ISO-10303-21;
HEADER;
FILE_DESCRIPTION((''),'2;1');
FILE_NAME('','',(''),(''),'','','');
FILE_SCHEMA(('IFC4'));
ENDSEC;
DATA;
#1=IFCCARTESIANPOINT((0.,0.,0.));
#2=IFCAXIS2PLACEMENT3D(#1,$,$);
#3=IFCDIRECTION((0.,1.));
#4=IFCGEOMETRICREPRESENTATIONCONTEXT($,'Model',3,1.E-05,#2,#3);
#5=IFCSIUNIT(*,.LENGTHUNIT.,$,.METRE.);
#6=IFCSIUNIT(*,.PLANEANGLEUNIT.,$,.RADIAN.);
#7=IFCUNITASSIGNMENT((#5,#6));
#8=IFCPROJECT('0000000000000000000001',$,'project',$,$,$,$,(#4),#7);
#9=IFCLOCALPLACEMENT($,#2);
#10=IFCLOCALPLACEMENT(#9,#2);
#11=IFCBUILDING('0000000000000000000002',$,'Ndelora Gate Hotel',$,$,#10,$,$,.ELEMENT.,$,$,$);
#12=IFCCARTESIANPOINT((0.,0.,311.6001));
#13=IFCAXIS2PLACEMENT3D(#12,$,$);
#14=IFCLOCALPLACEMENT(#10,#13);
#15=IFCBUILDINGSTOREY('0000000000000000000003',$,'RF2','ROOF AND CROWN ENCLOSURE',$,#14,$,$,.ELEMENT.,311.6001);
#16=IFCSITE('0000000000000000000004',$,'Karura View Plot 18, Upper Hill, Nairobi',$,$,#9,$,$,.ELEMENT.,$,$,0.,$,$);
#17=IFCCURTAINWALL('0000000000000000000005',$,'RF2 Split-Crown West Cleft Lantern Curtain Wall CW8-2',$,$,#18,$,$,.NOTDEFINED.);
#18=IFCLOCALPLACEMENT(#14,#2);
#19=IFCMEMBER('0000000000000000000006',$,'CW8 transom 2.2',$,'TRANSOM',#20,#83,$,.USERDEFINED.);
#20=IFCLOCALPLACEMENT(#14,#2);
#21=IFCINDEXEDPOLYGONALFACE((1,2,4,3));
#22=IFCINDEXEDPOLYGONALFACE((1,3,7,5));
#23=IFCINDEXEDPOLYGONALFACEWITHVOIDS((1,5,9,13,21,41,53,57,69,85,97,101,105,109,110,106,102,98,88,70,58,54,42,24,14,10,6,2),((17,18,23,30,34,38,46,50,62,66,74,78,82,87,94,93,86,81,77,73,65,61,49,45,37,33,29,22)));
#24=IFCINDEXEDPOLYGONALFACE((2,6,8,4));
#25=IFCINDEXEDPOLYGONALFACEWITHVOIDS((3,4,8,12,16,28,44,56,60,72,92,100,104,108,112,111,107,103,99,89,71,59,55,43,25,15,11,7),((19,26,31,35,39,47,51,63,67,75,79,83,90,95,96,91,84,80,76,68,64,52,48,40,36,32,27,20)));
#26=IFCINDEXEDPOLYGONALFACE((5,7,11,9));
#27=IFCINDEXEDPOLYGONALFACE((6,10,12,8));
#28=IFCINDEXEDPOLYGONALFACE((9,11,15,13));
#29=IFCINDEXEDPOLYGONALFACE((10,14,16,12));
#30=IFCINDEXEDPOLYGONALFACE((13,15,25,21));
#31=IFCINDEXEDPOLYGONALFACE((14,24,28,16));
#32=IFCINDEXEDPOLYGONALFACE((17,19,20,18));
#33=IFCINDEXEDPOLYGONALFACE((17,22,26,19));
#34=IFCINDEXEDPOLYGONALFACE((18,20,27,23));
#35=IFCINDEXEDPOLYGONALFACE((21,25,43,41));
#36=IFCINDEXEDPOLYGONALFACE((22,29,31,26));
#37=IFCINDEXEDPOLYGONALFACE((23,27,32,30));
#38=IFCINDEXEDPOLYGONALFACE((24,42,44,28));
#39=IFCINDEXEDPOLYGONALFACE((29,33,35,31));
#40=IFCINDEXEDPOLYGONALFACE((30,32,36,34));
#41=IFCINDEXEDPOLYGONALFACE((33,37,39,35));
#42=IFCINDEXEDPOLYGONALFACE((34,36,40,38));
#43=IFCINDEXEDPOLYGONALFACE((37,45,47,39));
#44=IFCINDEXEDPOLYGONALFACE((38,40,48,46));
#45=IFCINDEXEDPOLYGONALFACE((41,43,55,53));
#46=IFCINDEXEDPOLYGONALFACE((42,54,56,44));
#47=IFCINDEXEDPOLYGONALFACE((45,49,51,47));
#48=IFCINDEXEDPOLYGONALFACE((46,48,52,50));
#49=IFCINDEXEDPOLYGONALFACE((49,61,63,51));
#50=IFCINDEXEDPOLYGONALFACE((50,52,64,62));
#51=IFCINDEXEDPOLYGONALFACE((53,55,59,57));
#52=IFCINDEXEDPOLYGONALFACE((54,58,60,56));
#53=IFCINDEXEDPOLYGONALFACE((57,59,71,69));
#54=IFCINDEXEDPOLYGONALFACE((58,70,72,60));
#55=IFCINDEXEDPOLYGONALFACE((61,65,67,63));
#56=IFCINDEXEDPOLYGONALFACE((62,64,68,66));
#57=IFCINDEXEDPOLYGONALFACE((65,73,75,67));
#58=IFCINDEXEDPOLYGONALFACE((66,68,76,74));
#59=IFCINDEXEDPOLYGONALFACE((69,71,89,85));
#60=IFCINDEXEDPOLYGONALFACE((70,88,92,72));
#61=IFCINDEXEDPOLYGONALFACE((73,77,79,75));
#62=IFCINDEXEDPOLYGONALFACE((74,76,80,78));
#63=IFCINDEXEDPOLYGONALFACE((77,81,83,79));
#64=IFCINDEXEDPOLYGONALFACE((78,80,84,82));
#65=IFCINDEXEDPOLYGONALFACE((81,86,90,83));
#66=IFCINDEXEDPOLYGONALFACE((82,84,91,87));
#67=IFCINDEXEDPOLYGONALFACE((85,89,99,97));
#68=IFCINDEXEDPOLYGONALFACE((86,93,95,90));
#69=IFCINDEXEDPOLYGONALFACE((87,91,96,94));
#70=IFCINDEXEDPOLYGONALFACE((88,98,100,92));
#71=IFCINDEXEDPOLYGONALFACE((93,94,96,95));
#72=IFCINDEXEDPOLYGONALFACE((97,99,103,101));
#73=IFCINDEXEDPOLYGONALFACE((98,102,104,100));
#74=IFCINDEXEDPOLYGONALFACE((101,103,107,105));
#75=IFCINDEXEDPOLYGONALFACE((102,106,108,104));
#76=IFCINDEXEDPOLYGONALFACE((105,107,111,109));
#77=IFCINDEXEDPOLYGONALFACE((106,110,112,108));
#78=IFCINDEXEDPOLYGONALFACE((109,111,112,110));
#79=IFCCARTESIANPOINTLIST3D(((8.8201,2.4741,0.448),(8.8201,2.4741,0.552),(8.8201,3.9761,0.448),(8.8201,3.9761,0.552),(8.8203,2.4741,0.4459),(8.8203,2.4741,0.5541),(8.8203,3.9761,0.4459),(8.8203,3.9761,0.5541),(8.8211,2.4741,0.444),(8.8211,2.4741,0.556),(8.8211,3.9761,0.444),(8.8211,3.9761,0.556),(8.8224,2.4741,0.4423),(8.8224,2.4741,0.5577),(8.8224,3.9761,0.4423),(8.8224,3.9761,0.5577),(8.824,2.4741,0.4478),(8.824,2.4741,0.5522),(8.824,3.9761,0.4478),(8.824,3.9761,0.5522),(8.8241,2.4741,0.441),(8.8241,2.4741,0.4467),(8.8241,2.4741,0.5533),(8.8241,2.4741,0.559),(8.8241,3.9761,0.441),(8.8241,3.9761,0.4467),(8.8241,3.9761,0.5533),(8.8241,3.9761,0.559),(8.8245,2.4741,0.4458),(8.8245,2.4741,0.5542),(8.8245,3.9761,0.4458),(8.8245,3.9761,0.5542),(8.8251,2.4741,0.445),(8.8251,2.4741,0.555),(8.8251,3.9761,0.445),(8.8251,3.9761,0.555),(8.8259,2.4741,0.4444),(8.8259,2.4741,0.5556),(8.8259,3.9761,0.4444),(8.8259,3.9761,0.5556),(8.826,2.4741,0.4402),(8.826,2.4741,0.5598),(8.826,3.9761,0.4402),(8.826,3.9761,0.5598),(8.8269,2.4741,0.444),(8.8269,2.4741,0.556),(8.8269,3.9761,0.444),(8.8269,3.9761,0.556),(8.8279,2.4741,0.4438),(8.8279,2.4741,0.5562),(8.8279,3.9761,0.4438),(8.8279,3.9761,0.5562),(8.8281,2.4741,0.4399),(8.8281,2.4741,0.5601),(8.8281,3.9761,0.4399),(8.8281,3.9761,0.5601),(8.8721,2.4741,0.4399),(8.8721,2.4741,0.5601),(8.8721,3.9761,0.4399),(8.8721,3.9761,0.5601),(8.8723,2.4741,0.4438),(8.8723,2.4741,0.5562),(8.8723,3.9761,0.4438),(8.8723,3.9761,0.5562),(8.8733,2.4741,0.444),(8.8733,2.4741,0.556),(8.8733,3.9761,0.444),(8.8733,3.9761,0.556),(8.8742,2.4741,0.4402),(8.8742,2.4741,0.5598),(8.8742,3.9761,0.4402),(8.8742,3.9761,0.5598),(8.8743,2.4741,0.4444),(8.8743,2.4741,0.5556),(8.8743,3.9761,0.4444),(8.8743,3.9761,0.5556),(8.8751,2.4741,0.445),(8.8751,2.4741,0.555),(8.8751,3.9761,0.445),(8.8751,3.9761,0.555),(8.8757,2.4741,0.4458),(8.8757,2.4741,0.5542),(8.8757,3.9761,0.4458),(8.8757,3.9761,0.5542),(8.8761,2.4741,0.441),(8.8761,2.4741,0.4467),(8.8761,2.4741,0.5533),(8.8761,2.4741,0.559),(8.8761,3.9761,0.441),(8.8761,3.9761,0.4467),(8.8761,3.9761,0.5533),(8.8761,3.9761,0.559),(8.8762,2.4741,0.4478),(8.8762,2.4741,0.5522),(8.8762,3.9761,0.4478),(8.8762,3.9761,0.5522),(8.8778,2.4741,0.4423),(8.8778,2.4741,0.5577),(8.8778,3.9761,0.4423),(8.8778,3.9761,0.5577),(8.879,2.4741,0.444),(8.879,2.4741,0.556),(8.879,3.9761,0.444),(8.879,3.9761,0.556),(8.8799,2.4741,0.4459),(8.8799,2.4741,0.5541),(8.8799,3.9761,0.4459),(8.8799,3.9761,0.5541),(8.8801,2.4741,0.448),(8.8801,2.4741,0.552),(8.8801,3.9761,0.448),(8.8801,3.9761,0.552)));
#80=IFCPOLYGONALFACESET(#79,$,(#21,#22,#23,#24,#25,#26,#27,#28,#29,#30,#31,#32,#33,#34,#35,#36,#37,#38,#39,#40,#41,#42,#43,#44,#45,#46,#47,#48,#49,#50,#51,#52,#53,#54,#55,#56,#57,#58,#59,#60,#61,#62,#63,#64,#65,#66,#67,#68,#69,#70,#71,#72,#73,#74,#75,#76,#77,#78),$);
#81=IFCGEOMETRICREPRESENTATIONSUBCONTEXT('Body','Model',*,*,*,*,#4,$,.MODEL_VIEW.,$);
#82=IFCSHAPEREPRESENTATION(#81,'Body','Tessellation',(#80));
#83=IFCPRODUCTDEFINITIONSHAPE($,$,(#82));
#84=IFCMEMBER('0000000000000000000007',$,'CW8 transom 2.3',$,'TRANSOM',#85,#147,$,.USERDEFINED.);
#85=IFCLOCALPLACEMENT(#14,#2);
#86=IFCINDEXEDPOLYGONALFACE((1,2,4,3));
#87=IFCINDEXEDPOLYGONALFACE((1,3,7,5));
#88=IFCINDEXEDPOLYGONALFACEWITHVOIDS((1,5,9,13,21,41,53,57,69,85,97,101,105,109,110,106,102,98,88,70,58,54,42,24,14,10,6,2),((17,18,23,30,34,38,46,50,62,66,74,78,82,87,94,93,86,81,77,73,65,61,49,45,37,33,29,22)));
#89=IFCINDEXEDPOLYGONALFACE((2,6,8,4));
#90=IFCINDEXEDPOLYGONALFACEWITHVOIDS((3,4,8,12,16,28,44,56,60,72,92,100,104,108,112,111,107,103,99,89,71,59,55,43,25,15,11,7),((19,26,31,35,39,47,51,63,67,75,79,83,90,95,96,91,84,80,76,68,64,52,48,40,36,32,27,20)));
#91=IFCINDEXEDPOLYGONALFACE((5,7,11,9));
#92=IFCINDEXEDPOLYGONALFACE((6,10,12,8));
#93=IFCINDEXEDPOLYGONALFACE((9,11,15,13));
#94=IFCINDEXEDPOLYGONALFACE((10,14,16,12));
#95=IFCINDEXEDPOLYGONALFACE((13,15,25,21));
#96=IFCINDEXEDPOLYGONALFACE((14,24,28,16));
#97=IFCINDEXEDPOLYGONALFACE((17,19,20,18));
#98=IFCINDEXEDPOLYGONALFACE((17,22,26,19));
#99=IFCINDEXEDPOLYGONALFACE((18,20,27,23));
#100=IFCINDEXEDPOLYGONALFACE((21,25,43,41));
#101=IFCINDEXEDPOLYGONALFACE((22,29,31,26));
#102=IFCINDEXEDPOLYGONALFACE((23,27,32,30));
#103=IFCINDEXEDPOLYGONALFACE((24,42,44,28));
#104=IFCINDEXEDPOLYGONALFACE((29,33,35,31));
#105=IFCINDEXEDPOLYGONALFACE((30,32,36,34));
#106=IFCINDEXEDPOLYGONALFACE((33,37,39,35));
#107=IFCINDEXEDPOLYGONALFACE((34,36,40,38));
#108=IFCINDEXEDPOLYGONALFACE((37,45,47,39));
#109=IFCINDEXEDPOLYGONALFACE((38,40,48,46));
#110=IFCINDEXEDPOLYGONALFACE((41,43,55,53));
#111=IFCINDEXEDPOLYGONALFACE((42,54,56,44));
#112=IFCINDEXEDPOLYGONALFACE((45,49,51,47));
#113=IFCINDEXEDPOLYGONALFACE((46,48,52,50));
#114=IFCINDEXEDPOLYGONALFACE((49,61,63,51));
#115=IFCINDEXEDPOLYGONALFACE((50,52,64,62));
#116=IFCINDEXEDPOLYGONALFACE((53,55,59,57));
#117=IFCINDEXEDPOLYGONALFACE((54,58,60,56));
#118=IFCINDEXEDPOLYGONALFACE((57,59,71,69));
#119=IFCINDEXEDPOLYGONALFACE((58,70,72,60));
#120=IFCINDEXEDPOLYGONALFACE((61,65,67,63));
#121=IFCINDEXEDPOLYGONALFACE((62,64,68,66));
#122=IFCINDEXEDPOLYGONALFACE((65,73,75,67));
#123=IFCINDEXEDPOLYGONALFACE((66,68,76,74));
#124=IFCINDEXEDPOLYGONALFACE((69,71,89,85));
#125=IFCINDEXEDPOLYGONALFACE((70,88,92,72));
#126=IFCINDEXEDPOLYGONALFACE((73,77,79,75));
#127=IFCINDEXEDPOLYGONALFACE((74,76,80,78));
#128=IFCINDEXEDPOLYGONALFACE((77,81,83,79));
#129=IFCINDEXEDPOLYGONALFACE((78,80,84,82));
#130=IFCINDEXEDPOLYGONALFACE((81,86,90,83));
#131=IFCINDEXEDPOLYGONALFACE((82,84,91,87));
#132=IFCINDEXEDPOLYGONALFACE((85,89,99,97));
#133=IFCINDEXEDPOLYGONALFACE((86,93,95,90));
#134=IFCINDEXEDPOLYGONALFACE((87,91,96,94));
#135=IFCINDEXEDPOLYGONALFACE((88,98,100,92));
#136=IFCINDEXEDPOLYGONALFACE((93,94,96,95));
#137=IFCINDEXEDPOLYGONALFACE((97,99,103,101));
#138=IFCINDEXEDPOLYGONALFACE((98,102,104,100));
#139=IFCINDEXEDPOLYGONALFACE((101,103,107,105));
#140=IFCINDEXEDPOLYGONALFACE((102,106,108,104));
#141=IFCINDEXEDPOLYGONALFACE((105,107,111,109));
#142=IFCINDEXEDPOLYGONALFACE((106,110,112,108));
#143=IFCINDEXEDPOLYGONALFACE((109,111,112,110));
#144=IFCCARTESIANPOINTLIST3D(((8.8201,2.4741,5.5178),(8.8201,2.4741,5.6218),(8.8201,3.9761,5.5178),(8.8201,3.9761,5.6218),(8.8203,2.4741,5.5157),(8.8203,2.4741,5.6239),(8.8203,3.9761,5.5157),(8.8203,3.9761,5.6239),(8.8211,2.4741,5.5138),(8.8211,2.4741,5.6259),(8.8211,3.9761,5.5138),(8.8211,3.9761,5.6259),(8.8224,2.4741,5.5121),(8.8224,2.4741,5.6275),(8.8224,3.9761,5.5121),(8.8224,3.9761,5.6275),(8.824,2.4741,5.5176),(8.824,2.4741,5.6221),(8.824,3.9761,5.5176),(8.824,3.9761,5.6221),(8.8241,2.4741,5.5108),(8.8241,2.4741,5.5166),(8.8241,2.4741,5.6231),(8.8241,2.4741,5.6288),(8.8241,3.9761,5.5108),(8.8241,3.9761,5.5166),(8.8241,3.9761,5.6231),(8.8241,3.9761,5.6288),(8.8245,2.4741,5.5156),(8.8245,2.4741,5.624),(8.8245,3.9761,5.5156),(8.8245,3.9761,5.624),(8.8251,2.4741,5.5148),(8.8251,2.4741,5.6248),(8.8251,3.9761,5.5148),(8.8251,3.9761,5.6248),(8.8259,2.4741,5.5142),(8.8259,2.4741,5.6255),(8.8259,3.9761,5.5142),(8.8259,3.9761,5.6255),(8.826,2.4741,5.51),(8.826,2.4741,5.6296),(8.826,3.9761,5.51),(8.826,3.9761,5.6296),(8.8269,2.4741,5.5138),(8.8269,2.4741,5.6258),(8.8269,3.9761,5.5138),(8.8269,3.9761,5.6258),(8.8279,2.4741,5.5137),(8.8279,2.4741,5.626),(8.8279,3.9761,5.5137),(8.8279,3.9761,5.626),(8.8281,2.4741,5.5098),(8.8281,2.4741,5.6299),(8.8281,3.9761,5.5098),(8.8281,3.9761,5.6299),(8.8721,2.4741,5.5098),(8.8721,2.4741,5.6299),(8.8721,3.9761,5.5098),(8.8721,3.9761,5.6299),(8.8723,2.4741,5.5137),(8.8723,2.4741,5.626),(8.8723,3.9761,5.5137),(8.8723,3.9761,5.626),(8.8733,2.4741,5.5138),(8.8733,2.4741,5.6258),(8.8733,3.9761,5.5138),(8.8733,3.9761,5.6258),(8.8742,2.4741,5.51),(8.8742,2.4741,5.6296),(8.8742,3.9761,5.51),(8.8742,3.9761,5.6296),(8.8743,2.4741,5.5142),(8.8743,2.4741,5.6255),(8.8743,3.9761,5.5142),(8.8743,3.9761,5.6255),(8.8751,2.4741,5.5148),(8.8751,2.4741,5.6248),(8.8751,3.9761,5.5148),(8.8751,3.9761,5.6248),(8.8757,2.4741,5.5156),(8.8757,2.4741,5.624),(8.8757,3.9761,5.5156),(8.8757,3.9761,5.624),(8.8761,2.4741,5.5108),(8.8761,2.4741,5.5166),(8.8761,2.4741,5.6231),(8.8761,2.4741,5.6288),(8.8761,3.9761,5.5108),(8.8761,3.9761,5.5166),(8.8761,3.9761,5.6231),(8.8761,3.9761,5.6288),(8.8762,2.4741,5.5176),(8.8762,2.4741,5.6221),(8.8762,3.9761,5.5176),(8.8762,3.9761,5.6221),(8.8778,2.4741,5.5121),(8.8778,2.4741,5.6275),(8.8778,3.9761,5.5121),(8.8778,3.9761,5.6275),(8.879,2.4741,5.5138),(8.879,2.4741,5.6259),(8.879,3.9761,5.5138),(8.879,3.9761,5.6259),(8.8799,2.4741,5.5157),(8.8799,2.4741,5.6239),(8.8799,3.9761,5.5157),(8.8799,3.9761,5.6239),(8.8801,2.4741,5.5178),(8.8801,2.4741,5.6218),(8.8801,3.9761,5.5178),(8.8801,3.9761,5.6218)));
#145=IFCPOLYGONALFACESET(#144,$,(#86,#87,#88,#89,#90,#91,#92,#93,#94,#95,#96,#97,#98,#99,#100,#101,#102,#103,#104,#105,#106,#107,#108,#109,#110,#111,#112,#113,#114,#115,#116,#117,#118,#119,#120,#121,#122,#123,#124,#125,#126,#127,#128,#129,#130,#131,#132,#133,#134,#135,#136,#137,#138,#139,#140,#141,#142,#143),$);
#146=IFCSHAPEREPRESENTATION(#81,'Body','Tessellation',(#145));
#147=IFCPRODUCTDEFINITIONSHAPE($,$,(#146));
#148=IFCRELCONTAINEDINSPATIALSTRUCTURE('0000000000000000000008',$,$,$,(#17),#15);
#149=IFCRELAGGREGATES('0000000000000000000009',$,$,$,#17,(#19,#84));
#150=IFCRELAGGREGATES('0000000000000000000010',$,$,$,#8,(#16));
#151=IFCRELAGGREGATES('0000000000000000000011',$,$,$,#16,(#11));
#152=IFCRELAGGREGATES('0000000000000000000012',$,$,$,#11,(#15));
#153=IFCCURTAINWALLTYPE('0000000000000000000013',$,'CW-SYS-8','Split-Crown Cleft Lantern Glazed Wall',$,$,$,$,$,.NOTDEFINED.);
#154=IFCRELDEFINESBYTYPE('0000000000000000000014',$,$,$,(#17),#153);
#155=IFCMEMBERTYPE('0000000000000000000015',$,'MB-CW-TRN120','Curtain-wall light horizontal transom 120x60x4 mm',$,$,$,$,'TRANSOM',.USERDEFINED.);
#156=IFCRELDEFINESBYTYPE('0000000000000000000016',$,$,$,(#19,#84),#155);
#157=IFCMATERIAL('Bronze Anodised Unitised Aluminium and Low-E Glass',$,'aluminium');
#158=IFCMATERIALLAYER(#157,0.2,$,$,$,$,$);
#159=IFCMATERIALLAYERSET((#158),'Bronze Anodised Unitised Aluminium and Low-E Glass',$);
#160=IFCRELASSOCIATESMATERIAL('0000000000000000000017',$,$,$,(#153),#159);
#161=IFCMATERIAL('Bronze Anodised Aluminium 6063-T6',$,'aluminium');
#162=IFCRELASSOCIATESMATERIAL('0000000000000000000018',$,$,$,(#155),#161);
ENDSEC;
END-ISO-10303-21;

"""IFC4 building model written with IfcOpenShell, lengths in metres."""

from ifc_helpers import new_model, si_unit, direction, frame, origin, origin_2d, place, context, subcontext, project, spatial, hollow_rectangle, extrude, material, layer, layer_set, material_profile, profile_set, type_object, element, aggregate, save


model = new_model("IFC4")

# Units and contexts
model_context = context("Model", 3, precision=1e-05, world=origin(), true_north=direction((0.0, 1.0)))
body_context = subcontext(model_context, "Body", "Model", "MODEL_VIEW")
ifc_project = project(units=[si_unit("LENGTHUNIT", "METRE"), si_unit("PLANEANGLEUNIT", "RADIAN")], contexts=[model_context])

# Site, building, storey
site_placement = place(None, origin())
site = spatial("IfcSite", under=ifc_project, at=site_placement, Name="Karura View Plot 18, Upper Hill, Nairobi", CompositionType="ELEMENT", RefElevation=0.0)
building_placement = place(site_placement, origin())
building = spatial("IfcBuilding", under=site, at=building_placement, Name="Ndelora Gate Hotel", CompositionType="ELEMENT")
storey_placement = place(building_placement, frame((0.0, 0.0, 311.6001)))
storey = spatial("IfcBuildingStorey", under=building, at=storey_placement, Name="RF2", Description="ROOF AND CROWN ENCLOSURE", CompositionType="ELEMENT", Elevation=311.6001)

# Curtain wall, members
ifc_material_1 = material(Name="Bronze Anodised Unitised Aluminium and Low-E Glass", Category="aluminium")
ifc_layer_1 = layer(ifc_material_1, 0.2)
ifc_layer_set_1 = layer_set([ifc_layer_1], Name="Bronze Anodised Unitised Aluminium and Low-E Glass")
curtain_wall_type = type_object("IfcCurtainWallType", Name="CW-SYS-8", Description="Split-Crown Cleft Lantern Glazed Wall", PredefinedType="NOTDEFINED", material=ifc_layer_set_1)
curtain_wall_placement = place(storey_placement, origin())
curtain_wall = element("IfcCurtainWall", 1, at=curtain_wall_placement, inside=storey, type_object=curtain_wall_type, Name="RF2 Split-Crown West Cleft Lantern Curtain Wall CW8-2", PredefinedType="NOTDEFINED")
ifc_material_2 = material(Name="Bronze Anodised Aluminium 6063-T6", Category="aluminium")
ifc_material_profile_1 = material_profile(ifc_material_2, hollow_rectangle(XDim=0.0601, YDim=0.1201, WallThickness=0.0039, InnerFilletRadius=0.0039, OuterFilletRadius=0.0081, at=origin_2d()), Name="ALU 120x60x4")
ifc_profile_set_1 = profile_set([ifc_material_profile_1], Name="Bronze Anodised Aluminium 6063-T6")
member_type_1 = type_object("IfcMemberType", Name="MB-CW-TRN120", Description="Curtain-wall light horizontal transom 120x60x4 mm", ElementType="TRANSOM", PredefinedType="USERDEFINED", material=ifc_profile_set_1)
member_1_placement = place(storey_placement, frame((8.8501, 2.4741, 0.5), z_axis=(0.0, 1.0, 0.0), x_axis=(-1.0, 0.0, 0.0)))
member_1 = element("IfcMember", 2, at=member_1_placement, type_object=member_type_1, Name="CW8 transom 2.2", ObjectType="TRANSOM", PredefinedType="USERDEFINED", context=body_context, shape_type="SweptSolid", body=[
    extrude(hollow_rectangle(XDim=0.0601, YDim=0.1201, WallThickness=0.0039, InnerFilletRadius=0.0039, OuterFilletRadius=0.0081, at=origin_2d()), origin(), (0.0, 0.0, 1.0), 1.502),
])
member_2_placement = place(storey_placement, frame((8.8501, 2.4741, 5.5698), z_axis=(0.0, 1.0, 0.0), x_axis=(-1.0, 0.0, 0.0)))
member_2 = element("IfcMember", 3, at=member_2_placement, type_object=member_type_1, Name="CW8 transom 2.3", ObjectType="TRANSOM", PredefinedType="USERDEFINED", context=body_context, shape_type="SweptSolid", body=[
    extrude(hollow_rectangle(XDim=0.0601, YDim=0.1201, WallThickness=0.0039, InnerFilletRadius=0.0039, OuterFilletRadius=0.0081, at=origin_2d()), origin(), (0.0, 0.0, 1.0), 1.502),
])
aggregate(curtain_wall, [member_1, member_2])

save(model, "model.ifc")
